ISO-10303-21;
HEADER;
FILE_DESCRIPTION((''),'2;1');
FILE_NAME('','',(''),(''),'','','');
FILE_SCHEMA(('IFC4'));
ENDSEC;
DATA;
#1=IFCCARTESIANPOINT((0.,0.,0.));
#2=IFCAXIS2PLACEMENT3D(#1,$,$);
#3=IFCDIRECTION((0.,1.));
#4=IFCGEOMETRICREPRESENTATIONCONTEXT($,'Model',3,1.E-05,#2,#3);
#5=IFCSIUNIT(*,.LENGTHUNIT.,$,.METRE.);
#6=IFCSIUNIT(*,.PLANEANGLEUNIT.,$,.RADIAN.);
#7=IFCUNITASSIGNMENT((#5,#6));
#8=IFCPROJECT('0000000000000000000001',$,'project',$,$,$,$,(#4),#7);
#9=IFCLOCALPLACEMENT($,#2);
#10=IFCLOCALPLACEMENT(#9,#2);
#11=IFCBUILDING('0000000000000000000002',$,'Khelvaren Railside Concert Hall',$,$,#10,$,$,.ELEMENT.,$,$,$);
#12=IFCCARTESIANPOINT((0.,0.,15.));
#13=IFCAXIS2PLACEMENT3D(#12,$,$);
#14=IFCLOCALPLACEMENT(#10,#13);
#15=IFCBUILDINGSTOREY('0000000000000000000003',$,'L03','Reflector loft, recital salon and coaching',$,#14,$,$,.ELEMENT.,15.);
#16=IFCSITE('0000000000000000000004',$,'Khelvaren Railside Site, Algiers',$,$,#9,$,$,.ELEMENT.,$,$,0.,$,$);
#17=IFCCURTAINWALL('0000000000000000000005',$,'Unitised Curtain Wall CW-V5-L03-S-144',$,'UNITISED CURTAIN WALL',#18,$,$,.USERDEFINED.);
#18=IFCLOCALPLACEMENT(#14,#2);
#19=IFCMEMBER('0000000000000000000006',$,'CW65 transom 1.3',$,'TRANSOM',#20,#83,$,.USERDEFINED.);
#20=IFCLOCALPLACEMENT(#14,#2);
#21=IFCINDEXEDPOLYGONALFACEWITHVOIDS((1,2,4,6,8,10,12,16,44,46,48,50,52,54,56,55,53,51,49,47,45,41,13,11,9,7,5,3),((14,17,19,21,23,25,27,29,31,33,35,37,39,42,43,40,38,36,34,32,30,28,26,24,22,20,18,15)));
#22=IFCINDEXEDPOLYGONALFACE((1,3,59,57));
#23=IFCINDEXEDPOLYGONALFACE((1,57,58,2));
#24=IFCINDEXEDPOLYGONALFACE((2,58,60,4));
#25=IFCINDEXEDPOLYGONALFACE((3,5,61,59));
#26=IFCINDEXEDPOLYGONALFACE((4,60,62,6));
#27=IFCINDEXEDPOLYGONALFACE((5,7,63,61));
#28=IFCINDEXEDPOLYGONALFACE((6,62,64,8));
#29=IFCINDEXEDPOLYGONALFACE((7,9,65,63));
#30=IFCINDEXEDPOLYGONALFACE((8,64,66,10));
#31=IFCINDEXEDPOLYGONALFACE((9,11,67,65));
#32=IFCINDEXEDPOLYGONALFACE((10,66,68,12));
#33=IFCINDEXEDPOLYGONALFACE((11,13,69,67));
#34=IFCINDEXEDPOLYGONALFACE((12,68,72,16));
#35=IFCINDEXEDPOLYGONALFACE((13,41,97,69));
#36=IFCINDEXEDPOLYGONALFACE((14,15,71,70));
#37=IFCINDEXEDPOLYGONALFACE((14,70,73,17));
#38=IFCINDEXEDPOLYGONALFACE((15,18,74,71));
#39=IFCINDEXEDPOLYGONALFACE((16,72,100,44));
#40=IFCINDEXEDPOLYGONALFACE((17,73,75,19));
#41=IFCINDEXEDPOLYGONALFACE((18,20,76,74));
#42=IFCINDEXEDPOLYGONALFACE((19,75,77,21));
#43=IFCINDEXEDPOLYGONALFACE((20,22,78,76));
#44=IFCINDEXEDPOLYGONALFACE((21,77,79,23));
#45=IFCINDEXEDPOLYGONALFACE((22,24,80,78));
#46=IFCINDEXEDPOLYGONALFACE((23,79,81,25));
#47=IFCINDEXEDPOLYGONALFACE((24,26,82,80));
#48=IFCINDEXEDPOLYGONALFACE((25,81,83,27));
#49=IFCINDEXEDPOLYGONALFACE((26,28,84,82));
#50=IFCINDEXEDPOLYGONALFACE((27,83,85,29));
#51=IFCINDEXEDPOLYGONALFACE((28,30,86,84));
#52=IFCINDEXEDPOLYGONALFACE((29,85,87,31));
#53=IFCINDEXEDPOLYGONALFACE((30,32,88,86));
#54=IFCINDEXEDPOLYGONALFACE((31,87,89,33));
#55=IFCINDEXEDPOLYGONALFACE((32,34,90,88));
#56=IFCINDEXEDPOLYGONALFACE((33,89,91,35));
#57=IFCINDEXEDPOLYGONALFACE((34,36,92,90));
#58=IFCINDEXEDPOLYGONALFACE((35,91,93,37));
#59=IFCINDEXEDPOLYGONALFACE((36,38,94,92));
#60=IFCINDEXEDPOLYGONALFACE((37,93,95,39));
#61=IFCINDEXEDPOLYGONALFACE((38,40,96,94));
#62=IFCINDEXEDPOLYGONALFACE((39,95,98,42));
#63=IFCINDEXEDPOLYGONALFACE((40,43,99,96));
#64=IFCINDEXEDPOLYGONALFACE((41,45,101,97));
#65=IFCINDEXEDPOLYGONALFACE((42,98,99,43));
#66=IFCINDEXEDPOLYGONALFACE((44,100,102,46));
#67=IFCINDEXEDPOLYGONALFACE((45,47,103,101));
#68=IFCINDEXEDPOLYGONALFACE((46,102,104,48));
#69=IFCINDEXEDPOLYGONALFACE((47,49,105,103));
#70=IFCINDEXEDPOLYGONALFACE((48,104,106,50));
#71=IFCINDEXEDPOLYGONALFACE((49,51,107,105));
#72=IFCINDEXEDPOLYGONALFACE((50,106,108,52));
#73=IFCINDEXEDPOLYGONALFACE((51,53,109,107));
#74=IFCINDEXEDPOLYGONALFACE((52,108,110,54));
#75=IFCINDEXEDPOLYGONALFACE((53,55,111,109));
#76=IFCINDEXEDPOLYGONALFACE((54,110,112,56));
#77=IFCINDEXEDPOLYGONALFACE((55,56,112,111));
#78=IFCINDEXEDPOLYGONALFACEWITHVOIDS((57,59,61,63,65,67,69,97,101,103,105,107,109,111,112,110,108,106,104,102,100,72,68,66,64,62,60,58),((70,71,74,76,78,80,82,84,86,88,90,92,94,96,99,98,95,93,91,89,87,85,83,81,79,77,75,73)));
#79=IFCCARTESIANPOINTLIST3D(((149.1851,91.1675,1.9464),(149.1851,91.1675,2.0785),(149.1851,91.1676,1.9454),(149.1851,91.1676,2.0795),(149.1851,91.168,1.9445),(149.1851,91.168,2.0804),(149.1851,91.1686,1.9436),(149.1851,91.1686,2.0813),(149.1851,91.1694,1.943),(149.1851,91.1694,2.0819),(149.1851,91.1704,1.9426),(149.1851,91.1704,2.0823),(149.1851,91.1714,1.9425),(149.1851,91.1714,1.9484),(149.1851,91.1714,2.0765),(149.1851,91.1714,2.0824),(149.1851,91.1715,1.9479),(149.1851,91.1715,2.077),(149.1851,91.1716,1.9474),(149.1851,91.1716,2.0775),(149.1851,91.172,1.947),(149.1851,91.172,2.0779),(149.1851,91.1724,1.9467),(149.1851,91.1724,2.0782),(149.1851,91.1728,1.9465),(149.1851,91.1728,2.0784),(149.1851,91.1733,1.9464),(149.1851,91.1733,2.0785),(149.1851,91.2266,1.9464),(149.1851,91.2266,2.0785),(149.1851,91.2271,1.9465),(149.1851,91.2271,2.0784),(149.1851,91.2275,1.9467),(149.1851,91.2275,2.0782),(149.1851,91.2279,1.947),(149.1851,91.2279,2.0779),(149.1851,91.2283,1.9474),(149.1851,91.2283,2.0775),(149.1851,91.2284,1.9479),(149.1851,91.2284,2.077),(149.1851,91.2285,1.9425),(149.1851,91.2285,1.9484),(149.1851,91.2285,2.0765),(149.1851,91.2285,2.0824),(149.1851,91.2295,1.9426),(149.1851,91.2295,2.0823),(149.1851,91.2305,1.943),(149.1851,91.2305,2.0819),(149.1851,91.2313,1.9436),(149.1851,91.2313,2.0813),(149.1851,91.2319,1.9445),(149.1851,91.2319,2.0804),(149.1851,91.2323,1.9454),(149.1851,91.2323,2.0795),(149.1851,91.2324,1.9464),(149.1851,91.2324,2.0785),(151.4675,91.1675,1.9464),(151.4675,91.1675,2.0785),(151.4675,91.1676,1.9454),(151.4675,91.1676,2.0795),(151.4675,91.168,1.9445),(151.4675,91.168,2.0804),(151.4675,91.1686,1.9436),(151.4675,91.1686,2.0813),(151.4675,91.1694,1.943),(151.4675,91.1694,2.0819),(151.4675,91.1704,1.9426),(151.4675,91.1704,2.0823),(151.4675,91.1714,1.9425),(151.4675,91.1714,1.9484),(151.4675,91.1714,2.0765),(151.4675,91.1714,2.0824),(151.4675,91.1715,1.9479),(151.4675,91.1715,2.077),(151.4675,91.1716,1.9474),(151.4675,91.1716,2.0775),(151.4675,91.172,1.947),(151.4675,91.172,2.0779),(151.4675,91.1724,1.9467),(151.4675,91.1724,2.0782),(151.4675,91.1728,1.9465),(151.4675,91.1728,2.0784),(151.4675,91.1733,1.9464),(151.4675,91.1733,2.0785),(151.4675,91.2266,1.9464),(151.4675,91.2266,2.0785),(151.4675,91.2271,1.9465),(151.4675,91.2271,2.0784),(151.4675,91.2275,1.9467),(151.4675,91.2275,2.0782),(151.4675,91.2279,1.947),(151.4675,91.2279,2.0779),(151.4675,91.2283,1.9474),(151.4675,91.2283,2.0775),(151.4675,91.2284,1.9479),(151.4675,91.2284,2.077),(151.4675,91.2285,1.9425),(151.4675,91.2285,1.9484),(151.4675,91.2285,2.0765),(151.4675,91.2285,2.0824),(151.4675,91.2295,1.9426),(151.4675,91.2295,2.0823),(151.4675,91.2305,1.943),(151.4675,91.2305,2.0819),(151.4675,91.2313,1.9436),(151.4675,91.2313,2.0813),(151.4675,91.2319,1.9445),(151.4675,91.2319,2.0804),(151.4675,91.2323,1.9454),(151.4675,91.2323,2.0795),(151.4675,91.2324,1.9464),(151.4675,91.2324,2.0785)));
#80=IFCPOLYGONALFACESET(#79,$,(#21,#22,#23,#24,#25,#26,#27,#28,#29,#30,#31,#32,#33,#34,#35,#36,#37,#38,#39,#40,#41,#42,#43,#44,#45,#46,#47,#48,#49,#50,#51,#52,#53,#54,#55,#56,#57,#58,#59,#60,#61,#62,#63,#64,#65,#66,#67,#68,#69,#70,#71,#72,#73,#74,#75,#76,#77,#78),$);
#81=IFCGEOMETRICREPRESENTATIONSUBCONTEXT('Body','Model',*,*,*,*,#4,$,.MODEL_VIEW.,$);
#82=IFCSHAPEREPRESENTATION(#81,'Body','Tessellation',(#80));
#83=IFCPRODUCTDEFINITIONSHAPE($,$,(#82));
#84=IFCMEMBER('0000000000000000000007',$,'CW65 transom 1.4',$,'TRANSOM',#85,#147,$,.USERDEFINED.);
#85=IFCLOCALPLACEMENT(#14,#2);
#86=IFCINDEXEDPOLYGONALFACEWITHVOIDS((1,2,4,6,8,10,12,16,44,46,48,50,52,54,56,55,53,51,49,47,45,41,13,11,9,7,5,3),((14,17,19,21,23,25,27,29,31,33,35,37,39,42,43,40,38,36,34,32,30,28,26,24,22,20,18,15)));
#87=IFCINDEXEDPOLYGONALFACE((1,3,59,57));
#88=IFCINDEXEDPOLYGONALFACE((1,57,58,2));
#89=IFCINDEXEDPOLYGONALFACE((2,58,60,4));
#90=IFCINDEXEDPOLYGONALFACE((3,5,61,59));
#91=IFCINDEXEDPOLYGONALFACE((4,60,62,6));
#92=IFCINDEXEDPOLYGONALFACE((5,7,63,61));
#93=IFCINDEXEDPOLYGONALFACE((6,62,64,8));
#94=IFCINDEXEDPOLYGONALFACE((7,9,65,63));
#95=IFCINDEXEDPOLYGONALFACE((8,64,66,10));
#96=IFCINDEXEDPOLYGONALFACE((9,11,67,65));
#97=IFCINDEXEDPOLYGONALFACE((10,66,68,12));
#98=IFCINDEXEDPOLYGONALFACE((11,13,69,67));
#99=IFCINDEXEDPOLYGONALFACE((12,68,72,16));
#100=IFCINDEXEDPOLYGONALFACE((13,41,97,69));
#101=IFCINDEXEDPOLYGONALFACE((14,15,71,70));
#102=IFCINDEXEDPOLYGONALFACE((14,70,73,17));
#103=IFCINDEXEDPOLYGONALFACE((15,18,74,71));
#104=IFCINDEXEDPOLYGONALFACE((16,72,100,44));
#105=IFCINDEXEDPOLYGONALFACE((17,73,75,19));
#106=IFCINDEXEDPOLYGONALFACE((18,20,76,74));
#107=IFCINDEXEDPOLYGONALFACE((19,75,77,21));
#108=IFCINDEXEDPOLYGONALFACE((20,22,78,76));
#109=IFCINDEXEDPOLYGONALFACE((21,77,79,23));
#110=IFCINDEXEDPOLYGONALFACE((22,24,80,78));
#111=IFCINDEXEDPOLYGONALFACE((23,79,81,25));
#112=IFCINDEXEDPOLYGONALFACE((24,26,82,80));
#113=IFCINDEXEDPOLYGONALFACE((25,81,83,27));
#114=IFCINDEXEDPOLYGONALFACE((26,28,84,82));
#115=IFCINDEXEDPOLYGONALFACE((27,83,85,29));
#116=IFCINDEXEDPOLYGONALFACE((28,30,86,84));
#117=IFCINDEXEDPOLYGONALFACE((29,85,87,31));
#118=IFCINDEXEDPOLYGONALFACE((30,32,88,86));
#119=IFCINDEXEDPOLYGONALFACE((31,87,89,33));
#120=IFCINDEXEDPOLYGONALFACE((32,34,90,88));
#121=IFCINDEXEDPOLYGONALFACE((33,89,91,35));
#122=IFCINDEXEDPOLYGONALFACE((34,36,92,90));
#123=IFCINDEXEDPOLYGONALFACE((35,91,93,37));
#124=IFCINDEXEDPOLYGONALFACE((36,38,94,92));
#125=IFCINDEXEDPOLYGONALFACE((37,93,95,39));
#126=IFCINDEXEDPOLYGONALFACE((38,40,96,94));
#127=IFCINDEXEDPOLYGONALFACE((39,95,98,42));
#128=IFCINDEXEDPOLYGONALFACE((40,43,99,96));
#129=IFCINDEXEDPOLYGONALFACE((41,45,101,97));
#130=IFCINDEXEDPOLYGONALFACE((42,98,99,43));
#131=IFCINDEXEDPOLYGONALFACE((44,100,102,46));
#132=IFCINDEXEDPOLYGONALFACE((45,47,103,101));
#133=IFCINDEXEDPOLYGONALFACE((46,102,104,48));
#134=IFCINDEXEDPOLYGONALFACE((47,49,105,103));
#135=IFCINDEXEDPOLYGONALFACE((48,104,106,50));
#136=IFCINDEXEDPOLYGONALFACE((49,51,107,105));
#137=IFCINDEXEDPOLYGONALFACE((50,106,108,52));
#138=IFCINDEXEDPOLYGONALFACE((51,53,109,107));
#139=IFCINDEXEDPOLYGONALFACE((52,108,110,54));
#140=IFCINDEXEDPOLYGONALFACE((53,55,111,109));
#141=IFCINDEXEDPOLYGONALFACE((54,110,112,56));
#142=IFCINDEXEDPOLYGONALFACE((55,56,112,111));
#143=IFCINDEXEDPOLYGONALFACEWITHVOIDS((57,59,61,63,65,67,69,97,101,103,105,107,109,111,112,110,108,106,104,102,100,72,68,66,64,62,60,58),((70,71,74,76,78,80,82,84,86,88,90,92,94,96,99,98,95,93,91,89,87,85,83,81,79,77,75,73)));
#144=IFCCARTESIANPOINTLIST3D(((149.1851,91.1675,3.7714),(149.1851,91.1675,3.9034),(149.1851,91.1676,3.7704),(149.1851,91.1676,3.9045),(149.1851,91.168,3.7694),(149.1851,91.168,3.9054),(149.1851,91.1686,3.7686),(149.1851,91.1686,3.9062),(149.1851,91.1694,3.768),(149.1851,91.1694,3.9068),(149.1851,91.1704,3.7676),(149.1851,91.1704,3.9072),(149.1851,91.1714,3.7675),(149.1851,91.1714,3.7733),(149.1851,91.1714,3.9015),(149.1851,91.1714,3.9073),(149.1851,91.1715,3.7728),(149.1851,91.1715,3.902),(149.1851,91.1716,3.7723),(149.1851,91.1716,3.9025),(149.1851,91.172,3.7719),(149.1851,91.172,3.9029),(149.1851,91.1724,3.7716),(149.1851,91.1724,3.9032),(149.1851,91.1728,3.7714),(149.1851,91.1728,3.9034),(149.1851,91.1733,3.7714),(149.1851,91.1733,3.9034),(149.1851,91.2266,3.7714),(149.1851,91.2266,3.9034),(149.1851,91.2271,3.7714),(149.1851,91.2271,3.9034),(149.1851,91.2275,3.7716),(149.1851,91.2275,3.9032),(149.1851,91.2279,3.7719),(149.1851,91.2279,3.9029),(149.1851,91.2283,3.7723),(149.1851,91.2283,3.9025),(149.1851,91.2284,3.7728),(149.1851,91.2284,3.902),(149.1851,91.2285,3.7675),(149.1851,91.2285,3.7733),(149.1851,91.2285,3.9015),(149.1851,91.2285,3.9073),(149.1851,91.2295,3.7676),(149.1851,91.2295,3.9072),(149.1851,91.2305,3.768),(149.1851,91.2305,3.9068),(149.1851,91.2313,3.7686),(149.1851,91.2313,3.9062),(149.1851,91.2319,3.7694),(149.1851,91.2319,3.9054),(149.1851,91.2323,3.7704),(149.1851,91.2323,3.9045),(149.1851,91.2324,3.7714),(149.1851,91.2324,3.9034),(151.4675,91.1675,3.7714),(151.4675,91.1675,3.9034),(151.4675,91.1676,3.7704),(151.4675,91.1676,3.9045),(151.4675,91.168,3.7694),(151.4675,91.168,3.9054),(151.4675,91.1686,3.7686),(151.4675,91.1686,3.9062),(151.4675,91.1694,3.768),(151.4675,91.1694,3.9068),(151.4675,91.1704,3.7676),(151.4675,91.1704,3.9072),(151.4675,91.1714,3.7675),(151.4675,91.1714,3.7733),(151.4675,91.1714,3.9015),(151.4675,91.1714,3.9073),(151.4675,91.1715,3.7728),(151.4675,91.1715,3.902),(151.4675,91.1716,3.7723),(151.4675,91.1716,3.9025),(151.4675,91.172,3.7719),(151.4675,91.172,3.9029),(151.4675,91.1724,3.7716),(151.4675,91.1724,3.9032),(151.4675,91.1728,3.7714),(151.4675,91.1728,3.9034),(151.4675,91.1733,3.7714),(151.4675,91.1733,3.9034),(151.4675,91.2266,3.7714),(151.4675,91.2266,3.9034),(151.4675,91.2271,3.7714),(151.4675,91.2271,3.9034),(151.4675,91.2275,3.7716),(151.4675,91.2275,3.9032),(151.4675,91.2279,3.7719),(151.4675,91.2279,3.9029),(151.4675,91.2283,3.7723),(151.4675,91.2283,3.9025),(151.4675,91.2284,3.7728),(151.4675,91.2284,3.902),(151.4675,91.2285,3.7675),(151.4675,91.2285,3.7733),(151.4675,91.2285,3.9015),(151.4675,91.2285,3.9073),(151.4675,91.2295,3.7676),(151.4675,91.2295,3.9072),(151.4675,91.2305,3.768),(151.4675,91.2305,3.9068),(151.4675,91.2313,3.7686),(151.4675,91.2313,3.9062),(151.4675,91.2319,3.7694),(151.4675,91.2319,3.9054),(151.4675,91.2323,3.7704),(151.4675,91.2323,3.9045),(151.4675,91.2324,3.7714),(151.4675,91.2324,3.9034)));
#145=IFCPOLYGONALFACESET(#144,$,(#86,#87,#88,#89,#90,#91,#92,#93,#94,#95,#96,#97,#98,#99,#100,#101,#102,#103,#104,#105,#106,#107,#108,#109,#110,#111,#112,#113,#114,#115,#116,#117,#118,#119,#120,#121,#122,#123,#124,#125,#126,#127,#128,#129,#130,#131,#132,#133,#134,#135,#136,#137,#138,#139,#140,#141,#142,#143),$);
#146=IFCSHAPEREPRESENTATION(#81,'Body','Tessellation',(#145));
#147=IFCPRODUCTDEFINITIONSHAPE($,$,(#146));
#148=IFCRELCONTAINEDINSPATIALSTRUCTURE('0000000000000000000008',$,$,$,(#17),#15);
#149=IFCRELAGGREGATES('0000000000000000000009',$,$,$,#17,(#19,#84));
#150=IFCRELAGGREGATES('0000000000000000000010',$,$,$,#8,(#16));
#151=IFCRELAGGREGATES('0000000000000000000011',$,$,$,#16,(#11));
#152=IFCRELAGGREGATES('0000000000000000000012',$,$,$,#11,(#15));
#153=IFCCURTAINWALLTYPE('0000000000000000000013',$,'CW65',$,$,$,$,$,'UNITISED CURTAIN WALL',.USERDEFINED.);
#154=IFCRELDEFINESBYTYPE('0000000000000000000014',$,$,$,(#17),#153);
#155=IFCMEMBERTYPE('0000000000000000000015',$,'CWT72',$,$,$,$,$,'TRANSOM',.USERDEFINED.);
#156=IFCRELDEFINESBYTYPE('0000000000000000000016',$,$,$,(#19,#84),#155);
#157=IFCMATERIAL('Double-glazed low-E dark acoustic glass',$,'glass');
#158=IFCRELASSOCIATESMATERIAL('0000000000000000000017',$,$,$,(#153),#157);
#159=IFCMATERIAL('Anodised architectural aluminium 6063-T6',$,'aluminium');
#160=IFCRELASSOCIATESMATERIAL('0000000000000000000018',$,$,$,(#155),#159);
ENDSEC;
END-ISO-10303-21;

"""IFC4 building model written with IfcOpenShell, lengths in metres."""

from ifc_helpers import new_model, si_unit, direction, frame, origin, origin_2d, place, context, subcontext, project, spatial, hollow_rectangle, extrude, material, material_profile, profile_set, type_object, element, aggregate, save


model = new_model("IFC4")

# Units and contexts
model_context = context("Model", 3, precision=1e-05, world=origin(), true_north=direction((0.0, 1.0)))
body_context = subcontext(model_context, "Body", "Model", "MODEL_VIEW")
ifc_project = project(units=[si_unit("LENGTHUNIT", "METRE"), si_unit("PLANEANGLEUNIT", "RADIAN")], contexts=[model_context])

# Site, building, storey
site_placement = place(None, origin())
site = spatial("IfcSite", under=ifc_project, at=site_placement, Name="Khelvaren Railside Site, Algiers", CompositionType="ELEMENT", RefElevation=0.0)
building_placement = place(site_placement, origin())
building = spatial("IfcBuilding", under=site, at=building_placement, Name="Khelvaren Railside Concert Hall", CompositionType="ELEMENT")
storey_placement = place(building_placement, frame((0.0, 0.0, 15.0)))
storey = spatial("IfcBuildingStorey", under=building, at=storey_placement, Name="L03", Description="Reflector loft, recital salon and coaching", CompositionType="ELEMENT", Elevation=15.0)

# Curtain wall
ifc_material_1 = material(Name="Double-glazed low-E dark acoustic glass", Category="glass")
curtain_wall_type_1 = type_object("IfcCurtainWallType", Name="CW65", ElementType="UNITISED CURTAIN WALL", PredefinedType="USERDEFINED", material=ifc_material_1)
curtain_wall_1_placement = place(storey_placement, origin())
curtain_wall_1 = element("IfcCurtainWall", 1, at=curtain_wall_1_placement, inside=storey, type_object=curtain_wall_type_1, Name="Unitised Curtain Wall CW-V5-L03-S-144", ObjectType="UNITISED CURTAIN WALL", PredefinedType="USERDEFINED")
ifc_material_2 = material(Name="Anodised architectural aluminium 6063-T6", Category="aluminium")

# Members
ifc_material_profile_1 = material_profile(ifc_material_2, hollow_rectangle(XDim=0.0649, YDim=0.1399, WallThickness=0.0039, InnerFilletRadius=0.002, OuterFilletRadius=0.0039, at=origin_2d()), Name="CWT 65x140x4")
ifc_profile_set_1 = profile_set([ifc_material_profile_1], Name="Anodised architectural aluminium 6063-T6")
member_type_1 = type_object("IfcMemberType", Name="CWT72", ElementType="TRANSOM", PredefinedType="USERDEFINED", material=ifc_profile_set_1)
member_1_placement = place(storey_placement, frame((151.4675, 91.2, 2.0125), z_axis=(-1.0, 0.0, 0.0), x_axis=(0.0, -1.0, 0.0)))
member_1 = element("IfcMember", 2, at=member_1_placement, type_object=member_type_1, Name="CW65 transom 1.3", ObjectType="TRANSOM", PredefinedType="USERDEFINED", context=body_context, shape_type="SweptSolid", body=[
    extrude(hollow_rectangle(XDim=0.0649, YDim=0.1399, WallThickness=0.0039, InnerFilletRadius=0.002, OuterFilletRadius=0.0039, at=origin_2d()), origin(), (0.0, 0.0, 1.0), 2.2825),
])
member_2_placement = place(storey_placement, frame((151.4675, 91.2, 3.8374), z_axis=(-1.0, 0.0, 0.0), x_axis=(0.0, -1.0, 0.0)))
member_2 = element("IfcMember", 3, at=member_2_placement, type_object=member_type_1, Name="CW65 transom 1.4", ObjectType="TRANSOM", PredefinedType="USERDEFINED", context=body_context, shape_type="SweptSolid", body=[
    extrude(hollow_rectangle(XDim=0.0649, YDim=0.1399, WallThickness=0.0039, InnerFilletRadius=0.002, OuterFilletRadius=0.0039, at=origin_2d()), origin(), (0.0, 0.0, 1.0), 2.2825),
])
aggregate(curtain_wall_1, [member_1, member_2])

save(model, "model.ifc")
